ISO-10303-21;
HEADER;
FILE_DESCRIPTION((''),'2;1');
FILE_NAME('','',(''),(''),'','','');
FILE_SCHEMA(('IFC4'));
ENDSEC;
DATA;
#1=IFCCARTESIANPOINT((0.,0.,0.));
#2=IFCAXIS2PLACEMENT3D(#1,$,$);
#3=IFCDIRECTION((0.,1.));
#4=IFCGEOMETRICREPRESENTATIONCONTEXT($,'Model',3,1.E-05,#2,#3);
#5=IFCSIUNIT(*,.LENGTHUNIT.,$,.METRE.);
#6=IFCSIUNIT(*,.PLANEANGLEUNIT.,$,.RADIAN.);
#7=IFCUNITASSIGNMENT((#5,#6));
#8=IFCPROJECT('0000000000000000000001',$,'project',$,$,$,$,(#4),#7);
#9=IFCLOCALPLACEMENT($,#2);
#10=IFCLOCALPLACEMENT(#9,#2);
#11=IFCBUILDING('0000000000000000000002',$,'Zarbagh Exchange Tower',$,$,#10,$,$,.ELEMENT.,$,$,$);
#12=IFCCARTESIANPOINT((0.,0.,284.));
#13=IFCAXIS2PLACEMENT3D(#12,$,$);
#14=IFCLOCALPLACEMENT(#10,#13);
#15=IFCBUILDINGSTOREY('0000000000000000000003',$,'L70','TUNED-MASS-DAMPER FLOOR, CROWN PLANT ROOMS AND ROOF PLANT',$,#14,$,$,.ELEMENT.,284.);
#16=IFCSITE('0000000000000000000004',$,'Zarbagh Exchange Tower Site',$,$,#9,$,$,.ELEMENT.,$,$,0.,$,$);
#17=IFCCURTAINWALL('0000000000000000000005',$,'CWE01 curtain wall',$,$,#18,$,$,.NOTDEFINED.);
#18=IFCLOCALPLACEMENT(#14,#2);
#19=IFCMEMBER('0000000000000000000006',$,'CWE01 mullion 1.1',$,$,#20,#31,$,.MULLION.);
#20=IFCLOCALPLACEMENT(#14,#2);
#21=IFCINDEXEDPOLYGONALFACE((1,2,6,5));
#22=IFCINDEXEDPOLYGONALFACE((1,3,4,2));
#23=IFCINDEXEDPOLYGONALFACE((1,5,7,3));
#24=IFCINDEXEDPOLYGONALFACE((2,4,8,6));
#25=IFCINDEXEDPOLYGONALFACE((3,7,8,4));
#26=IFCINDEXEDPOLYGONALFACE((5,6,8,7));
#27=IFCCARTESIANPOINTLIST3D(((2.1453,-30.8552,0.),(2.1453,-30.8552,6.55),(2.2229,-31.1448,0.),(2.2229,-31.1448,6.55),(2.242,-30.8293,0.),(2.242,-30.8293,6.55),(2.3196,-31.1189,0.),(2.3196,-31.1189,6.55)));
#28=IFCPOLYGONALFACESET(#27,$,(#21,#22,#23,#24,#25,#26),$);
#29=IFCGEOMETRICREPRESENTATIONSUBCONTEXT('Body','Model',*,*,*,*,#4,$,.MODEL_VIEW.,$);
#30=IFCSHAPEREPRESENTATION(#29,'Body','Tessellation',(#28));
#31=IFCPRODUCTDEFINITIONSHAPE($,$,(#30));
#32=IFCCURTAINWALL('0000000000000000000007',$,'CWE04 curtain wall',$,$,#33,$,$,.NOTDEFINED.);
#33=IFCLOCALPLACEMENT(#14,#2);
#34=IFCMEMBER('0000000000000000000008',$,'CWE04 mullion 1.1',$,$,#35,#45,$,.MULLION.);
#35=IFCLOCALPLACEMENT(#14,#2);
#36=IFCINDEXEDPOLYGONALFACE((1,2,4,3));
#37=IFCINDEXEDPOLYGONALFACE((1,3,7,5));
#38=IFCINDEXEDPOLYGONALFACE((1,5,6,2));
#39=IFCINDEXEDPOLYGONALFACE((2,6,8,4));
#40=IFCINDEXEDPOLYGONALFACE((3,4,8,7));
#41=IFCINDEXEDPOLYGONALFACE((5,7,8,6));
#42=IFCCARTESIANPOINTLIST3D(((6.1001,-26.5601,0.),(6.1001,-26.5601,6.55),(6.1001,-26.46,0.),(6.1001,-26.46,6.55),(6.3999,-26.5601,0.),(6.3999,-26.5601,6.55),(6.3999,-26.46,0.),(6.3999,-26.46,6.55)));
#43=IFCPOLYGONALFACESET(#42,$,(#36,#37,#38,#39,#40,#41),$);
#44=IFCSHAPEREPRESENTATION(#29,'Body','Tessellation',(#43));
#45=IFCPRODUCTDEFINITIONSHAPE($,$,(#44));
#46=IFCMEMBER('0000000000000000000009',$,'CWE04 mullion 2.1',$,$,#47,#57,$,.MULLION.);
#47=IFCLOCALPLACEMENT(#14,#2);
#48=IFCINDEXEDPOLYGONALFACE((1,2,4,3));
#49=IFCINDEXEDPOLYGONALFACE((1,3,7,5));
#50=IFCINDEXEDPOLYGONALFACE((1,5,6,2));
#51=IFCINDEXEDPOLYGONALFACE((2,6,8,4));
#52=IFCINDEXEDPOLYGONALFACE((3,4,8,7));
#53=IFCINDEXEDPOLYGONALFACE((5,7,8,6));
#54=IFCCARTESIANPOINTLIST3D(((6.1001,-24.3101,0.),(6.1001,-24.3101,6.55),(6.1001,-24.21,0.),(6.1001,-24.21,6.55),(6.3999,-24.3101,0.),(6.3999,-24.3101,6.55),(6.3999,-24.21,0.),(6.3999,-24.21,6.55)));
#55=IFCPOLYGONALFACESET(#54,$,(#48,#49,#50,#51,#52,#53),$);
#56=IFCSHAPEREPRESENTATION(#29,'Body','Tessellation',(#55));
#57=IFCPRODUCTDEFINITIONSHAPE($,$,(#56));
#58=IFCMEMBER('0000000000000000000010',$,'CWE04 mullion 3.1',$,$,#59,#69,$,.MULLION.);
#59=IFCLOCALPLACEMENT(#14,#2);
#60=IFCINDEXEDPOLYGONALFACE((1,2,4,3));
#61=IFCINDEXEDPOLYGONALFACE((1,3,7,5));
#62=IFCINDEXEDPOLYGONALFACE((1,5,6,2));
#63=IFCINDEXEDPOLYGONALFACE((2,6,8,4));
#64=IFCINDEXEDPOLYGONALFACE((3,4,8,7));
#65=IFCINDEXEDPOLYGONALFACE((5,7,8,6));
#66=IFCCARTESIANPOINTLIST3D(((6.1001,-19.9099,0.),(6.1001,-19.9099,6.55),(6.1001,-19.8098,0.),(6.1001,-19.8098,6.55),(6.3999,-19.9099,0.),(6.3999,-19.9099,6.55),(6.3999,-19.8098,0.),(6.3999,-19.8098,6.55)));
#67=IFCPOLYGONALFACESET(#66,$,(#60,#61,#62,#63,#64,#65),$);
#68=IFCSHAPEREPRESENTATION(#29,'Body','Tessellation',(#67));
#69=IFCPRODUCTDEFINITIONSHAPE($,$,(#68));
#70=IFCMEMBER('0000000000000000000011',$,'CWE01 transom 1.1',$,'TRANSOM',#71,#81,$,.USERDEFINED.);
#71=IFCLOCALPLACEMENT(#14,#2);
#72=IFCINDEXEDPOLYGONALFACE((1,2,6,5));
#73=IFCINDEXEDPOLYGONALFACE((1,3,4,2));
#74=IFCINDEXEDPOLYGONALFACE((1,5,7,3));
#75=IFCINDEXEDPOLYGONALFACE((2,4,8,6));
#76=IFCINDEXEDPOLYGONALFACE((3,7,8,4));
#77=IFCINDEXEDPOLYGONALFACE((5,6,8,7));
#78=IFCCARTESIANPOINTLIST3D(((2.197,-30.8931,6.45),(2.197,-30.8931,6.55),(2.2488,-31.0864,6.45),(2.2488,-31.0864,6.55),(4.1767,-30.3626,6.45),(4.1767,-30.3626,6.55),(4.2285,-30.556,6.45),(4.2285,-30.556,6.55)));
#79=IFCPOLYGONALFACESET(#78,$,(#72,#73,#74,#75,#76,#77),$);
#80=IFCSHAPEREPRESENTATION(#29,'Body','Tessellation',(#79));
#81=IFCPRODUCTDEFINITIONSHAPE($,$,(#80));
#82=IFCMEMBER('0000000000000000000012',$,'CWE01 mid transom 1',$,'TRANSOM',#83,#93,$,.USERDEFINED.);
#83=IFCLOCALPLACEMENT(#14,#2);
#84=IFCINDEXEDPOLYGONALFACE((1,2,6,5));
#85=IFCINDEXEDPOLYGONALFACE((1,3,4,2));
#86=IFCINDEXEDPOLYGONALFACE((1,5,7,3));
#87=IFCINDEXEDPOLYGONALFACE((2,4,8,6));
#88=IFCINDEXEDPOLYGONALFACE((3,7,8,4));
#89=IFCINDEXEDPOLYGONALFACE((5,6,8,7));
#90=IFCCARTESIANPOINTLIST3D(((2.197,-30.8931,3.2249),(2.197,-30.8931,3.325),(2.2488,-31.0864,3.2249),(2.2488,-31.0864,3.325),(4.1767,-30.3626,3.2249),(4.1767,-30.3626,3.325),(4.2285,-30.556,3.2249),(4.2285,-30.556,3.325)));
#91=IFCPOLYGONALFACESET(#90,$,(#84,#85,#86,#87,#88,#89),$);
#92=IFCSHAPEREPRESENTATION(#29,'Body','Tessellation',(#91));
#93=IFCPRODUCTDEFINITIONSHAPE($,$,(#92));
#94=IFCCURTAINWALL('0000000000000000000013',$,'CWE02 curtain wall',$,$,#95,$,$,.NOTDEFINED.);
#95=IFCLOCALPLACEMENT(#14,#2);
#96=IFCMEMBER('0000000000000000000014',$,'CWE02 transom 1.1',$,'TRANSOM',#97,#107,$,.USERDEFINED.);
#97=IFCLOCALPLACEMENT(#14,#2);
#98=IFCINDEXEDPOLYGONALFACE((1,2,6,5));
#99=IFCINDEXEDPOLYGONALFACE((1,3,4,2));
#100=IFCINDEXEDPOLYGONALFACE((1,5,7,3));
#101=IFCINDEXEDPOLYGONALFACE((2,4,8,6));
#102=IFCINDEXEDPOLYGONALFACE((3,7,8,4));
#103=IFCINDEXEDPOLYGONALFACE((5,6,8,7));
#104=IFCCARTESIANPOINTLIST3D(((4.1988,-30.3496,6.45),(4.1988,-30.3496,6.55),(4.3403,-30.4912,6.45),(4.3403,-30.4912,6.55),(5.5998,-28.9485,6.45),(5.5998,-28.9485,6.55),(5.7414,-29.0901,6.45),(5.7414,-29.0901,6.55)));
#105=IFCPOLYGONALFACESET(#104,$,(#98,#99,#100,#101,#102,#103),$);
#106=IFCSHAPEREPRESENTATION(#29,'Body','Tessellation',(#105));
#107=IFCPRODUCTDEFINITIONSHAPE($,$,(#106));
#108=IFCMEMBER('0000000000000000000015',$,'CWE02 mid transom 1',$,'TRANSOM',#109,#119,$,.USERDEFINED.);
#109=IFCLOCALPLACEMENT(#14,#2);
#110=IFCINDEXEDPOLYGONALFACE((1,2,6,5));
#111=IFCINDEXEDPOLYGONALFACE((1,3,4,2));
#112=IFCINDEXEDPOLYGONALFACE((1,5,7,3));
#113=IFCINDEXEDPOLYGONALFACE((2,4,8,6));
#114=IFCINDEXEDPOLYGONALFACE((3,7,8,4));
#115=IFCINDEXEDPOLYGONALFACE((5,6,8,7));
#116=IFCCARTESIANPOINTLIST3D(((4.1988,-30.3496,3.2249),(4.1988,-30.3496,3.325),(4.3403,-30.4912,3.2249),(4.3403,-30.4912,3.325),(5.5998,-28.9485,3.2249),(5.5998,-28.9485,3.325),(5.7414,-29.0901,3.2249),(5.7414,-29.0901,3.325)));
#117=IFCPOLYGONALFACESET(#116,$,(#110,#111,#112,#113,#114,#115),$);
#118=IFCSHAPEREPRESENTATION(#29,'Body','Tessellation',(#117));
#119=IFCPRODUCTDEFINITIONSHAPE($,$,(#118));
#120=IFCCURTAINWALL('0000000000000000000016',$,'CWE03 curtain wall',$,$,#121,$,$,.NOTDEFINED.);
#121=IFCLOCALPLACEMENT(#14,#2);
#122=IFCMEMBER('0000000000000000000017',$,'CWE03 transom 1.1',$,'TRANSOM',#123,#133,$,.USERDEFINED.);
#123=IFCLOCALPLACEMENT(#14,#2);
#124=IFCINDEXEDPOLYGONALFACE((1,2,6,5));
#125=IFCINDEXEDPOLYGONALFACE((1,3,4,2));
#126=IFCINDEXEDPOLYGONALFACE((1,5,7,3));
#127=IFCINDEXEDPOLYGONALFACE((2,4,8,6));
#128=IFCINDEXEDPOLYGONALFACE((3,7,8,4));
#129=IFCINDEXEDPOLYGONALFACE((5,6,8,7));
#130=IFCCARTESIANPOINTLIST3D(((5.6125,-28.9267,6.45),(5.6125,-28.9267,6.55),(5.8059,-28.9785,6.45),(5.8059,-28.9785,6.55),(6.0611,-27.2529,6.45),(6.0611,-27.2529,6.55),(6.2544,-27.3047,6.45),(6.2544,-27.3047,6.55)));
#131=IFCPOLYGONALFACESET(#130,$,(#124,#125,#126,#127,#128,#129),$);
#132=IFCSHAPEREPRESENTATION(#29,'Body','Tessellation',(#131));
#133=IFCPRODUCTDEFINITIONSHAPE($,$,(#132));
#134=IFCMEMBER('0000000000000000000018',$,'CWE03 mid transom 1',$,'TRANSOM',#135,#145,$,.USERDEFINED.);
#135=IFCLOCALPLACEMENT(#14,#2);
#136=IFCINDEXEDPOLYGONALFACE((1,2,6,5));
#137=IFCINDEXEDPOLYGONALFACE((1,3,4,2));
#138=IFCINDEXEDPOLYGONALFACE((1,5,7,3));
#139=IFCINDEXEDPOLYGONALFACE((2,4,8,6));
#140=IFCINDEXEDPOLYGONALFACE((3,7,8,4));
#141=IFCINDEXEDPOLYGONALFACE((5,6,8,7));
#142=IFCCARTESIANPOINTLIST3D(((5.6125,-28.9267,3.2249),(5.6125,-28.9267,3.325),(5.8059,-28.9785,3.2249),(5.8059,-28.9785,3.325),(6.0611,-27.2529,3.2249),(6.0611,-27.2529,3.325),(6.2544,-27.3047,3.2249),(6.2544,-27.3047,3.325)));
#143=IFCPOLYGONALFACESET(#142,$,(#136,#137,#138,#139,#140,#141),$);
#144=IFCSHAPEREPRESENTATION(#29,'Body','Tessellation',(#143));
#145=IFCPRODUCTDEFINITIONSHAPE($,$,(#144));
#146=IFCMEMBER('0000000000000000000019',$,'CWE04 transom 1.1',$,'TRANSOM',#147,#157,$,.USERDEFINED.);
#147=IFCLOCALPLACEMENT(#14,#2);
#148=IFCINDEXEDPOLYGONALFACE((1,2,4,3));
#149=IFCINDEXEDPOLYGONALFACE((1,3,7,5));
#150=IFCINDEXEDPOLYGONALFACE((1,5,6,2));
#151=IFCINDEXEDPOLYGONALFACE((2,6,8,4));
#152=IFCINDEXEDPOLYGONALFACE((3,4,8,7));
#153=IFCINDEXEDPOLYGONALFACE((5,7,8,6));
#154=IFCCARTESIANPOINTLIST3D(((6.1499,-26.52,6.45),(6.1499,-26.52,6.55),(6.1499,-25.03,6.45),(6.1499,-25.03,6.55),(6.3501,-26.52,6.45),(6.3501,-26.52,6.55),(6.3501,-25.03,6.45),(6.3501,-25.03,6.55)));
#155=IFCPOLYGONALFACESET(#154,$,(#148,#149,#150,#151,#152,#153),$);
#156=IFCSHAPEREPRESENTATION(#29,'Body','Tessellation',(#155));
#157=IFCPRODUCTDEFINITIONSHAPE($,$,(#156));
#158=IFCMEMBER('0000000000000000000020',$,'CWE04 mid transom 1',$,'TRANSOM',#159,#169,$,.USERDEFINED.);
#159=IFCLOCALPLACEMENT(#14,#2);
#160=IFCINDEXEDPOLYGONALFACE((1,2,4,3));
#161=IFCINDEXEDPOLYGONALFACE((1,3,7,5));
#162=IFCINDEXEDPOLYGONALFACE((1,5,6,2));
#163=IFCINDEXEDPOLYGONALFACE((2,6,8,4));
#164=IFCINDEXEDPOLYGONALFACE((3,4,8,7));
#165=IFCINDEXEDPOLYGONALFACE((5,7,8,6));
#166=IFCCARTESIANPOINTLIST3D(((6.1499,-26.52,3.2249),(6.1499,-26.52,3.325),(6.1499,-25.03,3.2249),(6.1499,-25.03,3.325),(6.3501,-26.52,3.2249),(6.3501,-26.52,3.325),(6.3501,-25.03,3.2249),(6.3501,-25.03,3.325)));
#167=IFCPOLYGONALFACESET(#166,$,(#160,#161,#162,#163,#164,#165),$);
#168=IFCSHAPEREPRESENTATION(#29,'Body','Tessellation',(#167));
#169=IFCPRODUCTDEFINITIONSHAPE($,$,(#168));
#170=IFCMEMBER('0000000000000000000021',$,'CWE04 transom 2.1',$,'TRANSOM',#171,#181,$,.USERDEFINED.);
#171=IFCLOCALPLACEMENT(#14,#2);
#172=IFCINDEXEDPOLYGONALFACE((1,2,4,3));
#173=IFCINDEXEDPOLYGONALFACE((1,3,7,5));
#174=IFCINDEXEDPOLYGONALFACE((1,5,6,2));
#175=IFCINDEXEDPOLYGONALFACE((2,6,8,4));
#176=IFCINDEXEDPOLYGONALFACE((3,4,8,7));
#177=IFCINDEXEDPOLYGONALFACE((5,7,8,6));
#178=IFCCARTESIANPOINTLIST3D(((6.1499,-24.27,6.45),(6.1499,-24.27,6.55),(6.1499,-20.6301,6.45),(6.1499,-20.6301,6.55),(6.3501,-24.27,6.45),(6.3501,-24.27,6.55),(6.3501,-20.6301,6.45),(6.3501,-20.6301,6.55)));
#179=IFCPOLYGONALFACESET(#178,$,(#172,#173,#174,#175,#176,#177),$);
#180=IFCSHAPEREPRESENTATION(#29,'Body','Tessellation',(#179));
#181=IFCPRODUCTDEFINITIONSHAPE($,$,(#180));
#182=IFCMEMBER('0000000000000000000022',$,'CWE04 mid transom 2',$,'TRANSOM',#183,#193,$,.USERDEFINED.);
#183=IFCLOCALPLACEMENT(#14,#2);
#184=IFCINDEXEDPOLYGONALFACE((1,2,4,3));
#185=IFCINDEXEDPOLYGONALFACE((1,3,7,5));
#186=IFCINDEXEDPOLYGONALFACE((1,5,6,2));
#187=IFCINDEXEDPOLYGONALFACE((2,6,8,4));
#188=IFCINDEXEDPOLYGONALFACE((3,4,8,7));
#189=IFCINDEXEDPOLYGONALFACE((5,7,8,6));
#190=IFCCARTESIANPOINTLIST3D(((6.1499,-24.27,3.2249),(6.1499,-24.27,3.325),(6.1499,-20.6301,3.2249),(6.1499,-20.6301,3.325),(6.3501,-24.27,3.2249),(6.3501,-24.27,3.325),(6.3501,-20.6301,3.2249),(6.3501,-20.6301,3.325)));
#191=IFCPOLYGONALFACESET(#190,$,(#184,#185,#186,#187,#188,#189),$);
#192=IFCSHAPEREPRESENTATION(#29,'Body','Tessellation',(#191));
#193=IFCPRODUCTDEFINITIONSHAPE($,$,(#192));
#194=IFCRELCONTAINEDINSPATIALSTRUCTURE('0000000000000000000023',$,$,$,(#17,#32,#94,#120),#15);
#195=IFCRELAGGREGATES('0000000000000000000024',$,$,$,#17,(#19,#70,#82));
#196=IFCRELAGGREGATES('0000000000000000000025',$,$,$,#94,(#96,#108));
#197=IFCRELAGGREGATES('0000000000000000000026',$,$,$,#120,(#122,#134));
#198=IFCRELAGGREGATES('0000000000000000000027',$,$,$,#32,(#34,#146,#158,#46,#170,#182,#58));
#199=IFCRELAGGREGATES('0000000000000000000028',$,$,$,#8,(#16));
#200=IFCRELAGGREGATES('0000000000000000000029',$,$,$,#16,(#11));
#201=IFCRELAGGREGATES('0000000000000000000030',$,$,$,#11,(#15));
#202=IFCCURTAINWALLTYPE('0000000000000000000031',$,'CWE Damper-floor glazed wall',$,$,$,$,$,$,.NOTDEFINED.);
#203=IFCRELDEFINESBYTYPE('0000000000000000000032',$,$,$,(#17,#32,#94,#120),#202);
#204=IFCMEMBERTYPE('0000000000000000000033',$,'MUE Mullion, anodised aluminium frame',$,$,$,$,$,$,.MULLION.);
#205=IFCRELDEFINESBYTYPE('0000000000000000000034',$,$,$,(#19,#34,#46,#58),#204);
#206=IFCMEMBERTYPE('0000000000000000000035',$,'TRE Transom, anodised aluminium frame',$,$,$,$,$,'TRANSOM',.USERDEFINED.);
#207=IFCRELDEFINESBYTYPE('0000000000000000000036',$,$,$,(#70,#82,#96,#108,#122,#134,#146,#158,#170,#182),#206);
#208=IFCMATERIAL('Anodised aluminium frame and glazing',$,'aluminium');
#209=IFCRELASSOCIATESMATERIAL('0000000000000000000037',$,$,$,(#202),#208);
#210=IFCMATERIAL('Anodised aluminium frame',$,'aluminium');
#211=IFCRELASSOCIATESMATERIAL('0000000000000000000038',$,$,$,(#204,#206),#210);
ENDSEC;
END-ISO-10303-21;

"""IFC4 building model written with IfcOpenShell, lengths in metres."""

from ifc_helpers import new_model, si_unit, direction, frame, origin, place, context, subcontext, project, spatial, polyline, outline, extrude, source, transform, mapped, material, type_object, element, aggregate, save


model = new_model("IFC4")

# Units and contexts
model_context = context("Model", 3, precision=1e-05, world=origin(), true_north=direction((0.0, 1.0)))
body_context = subcontext(model_context, "Body", "Model", "MODEL_VIEW")
ifc_project = project(units=[si_unit("LENGTHUNIT", "METRE"), si_unit("PLANEANGLEUNIT", "RADIAN")], contexts=[model_context])

# Site, building, storey
site_placement = place(None, origin())
site = spatial("IfcSite", under=ifc_project, at=site_placement, Name="Zarbagh Exchange Tower Site", CompositionType="ELEMENT", RefElevation=0.0)
building_placement = place(site_placement, origin())
building = spatial("IfcBuilding", under=site, at=building_placement, Name="Zarbagh Exchange Tower", CompositionType="ELEMENT")
storey_placement = place(building_placement, frame((0.0, 0.0, 284.0)))
storey = spatial("IfcBuildingStorey", under=building, at=storey_placement, Name="L70", Description="TUNED-MASS-DAMPER FLOOR, CROWN PLANT ROOMS AND ROOF PLANT", CompositionType="ELEMENT", Elevation=284.0)

# Curtain wall, member
ifc_material_1 = material(Name="Anodised aluminium frame and glazing", Category="aluminium")
curtain_wall_type = type_object("IfcCurtainWallType", Name="CWE Damper-floor glazed wall", PredefinedType="NOTDEFINED", material=ifc_material_1)
curtain_wall_1_placement = place(storey_placement, origin())
curtain_wall_1 = element("IfcCurtainWall", 1, at=curtain_wall_1_placement, inside=storey, type_object=curtain_wall_type, Name="CWE01 curtain wall", PredefinedType="NOTDEFINED")
ifc_material_2 = material(Name="Anodised aluminium frame", Category="aluminium")
member_type_1 = type_object("IfcMemberType", Name="MUE Mullion, anodised aluminium frame", PredefinedType="MULLION", material=ifc_material_2)
shared_shape_1 = source(origin(), body_context, "Body", "SweptSolid", [
    extrude(outline(polyline([(0.0, -0.1499), (0.1001, -0.1499), (0.1001, 0.1499), (0.0, 0.1499), (0.0, -0.1499)])), origin(), (0.0, 0.0, 1.0), 6.55),
])
placement = place(storey_placement, origin())
member_1 = element("IfcMember", 2, at=placement, type_object=member_type_1, Name="CWE01 mullion 1.1", PredefinedType="MULLION", context=body_context, shape_type="MappedRepresentation", body=[
    mapped(shared_shape_1, transform((2.1841, -31.0, 0.0), x_axis=(0.965924, 0.258825, 0.0), y_axis=(-0.258825, 0.965924, 0.0), z_axis=(0.0, 0.0, 1.0))),
])

# Curtain wall, members
curtain_wall_2_placement = place(storey_placement, origin())
curtain_wall_2 = element("IfcCurtainWall", 3, at=curtain_wall_2_placement, inside=storey, type_object=curtain_wall_type, Name="CWE04 curtain wall", PredefinedType="NOTDEFINED")
member_2 = element("IfcMember", 4, at=placement, type_object=member_type_1, Name="CWE04 mullion 1.1", PredefinedType="MULLION", context=body_context, shape_type="MappedRepresentation", body=[
    mapped(shared_shape_1, transform((6.25, -26.5601, 0.0), x_axis=(0.0, 1.0, 0.0), y_axis=(-1.0, 0.0, 0.0), z_axis=(0.0, 0.0, 1.0))),
])
member_3 = element("IfcMember", 5, at=placement, type_object=member_type_1, Name="CWE04 mullion 2.1", PredefinedType="MULLION", context=body_context, shape_type="MappedRepresentation", body=[
    mapped(shared_shape_1, transform((6.25, -24.3101, 0.0), x_axis=(0.0, 1.0, 0.0), y_axis=(-1.0, 0.0, 0.0), z_axis=(0.0, 0.0, 1.0))),
])
member_4 = element("IfcMember", 6, at=placement, type_object=member_type_1, Name="CWE04 mullion 3.1", PredefinedType="MULLION", context=body_context, shape_type="MappedRepresentation", body=[
    mapped(shared_shape_1, transform((6.25, -19.9099, 0.0), x_axis=(0.0, 1.0, 0.0), y_axis=(-1.0, 0.0, 0.0), z_axis=(0.0, 0.0, 1.0))),
])

# Members
member_type_2 = type_object("IfcMemberType", Name="TRE Transom, anodised aluminium frame", ElementType="TRANSOM", PredefinedType="USERDEFINED", material=ifc_material_2)
shared_shape_2 = source(origin(), body_context, "Body", "SweptSolid", [
    extrude(outline(polyline([(-0.1001, -0.1001), (0.0, -0.1001), (0.0, 0.1001), (-0.1001, 0.1001), (-0.1001, -0.1001)])), origin(), (0.0, 0.0, 1.0), 2.0496),
])
member_5 = element("IfcMember", 7, at=placement, type_object=member_type_2, Name="CWE01 transom 1.1", ObjectType="TRANSOM", PredefinedType="USERDEFINED", context=body_context, shape_type="MappedRepresentation", body=[
    mapped(shared_shape_2, transform((2.2229, -30.9897, 6.55), x_axis=(0.0, 0.0, 1.0), y_axis=(0.258825, -0.965924, 0.0), z_axis=(0.965924, 0.258825, 0.0))),
])
shared_shape_3 = source(origin(), body_context, "Body", "SweptSolid", [
    extrude(outline(polyline([(-0.05, -0.1001), (0.05, -0.1001), (0.05, 0.1001), (-0.05, 0.1001), (-0.05, -0.1001)])), origin(), (0.0, 0.0, 1.0), 2.0496),
])
member_6 = element("IfcMember", 8, at=placement, type_object=member_type_2, Name="CWE01 mid transom 1", ObjectType="TRANSOM", PredefinedType="USERDEFINED", context=body_context, shape_type="MappedRepresentation", body=[
    mapped(shared_shape_3, transform((2.2229, -30.9897, 3.2749), x_axis=(0.0, 0.0, 1.0), y_axis=(0.258825, -0.965924, 0.0), z_axis=(0.965924, 0.258825, 0.0))),
])

# Curtain walls, members
curtain_wall_3_placement = place(storey_placement, origin())
curtain_wall_3 = element("IfcCurtainWall", 9, at=curtain_wall_3_placement, inside=storey, type_object=curtain_wall_type, Name="CWE02 curtain wall", PredefinedType="NOTDEFINED")
shared_shape_4 = source(origin(), body_context, "Body", "SweptSolid", [
    extrude(outline(polyline([(-0.1001, -0.1001), (0.0, -0.1001), (0.0, 0.1001), (-0.1001, 0.1001), (-0.1001, -0.1001)])), origin(), (0.0, 0.0, 1.0), 1.9814),
])
member_7 = element("IfcMember", 10, at=placement, type_object=member_type_2, Name="CWE02 transom 1.1", ObjectType="TRANSOM", PredefinedType="USERDEFINED", context=body_context, shape_type="MappedRepresentation", body=[
    mapped(shared_shape_4, transform((4.2695, -30.4204, 6.55), x_axis=(0.0, 0.0, 1.0), y_axis=(0.707107, -0.707107, 0.0), z_axis=(0.707107, 0.707107, 0.0))),
])
shared_shape_5 = source(origin(), body_context, "Body", "SweptSolid", [
    extrude(outline(polyline([(-0.05, -0.1001), (0.05, -0.1001), (0.05, 0.1001), (-0.05, 0.1001), (-0.05, -0.1001)])), origin(), (0.0, 0.0, 1.0), 1.9814),
])
member_8 = element("IfcMember", 11, at=placement, type_object=member_type_2, Name="CWE02 mid transom 1", ObjectType="TRANSOM", PredefinedType="USERDEFINED", context=body_context, shape_type="MappedRepresentation", body=[
    mapped(shared_shape_5, transform((4.2695, -30.4204, 3.2749), x_axis=(0.0, 0.0, 1.0), y_axis=(0.707107, -0.707107, 0.0), z_axis=(0.707107, 0.707107, 0.0))),
])
curtain_wall_4_placement = place(storey_placement, origin())
curtain_wall_4 = element("IfcCurtainWall", 12, at=curtain_wall_4_placement, inside=storey, type_object=curtain_wall_type, Name="CWE03 curtain wall", PredefinedType="NOTDEFINED")
shared_shape_6 = source(origin(), body_context, "Body", "SweptSolid", [
    extrude(outline(polyline([(-0.1001, -0.1001), (0.0, -0.1001), (0.0, 0.1001), (-0.1001, 0.1001), (-0.1001, -0.1001)])), origin(), (0.0, 0.0, 1.0), 1.7329),
])
member_9 = element("IfcMember", 13, at=placement, type_object=member_type_2, Name="CWE03 transom 1.1", ObjectType="TRANSOM", PredefinedType="USERDEFINED", context=body_context, shape_type="MappedRepresentation", body=[
    mapped(shared_shape_6, transform((5.7092, -28.9526, 6.55), x_axis=(0.0, 0.0, 1.0), y_axis=(0.965924, -0.258825, 0.0), z_axis=(0.258825, 0.965924, 0.0))),
])
shared_shape_7 = source(origin(), body_context, "Body", "SweptSolid", [
    extrude(outline(polyline([(-0.05, -0.1001), (0.05, -0.1001), (0.05, 0.1001), (-0.05, 0.1001), (-0.05, -0.1001)])), origin(), (0.0, 0.0, 1.0), 1.7329),
])
member_10 = element("IfcMember", 14, at=placement, type_object=member_type_2, Name="CWE03 mid transom 1", ObjectType="TRANSOM", PredefinedType="USERDEFINED", context=body_context, shape_type="MappedRepresentation", body=[
    mapped(shared_shape_7, transform((5.7092, -28.9526, 3.2749), x_axis=(0.0, 0.0, 1.0), y_axis=(0.965924, -0.258825, 0.0), z_axis=(0.258825, 0.965924, 0.0))),
])

# Members
shared_shape_8 = source(origin(), body_context, "Body", "SweptSolid", [
    extrude(outline(polyline([(-0.1001, -0.1001), (0.0, -0.1001), (0.0, 0.1001), (-0.1001, 0.1001), (-0.1001, -0.1001)])), origin(), (0.0, 0.0, 1.0), 1.49),
])
member_11 = element("IfcMember", 15, at=placement, type_object=member_type_2, Name="CWE04 transom 1.1", ObjectType="TRANSOM", PredefinedType="USERDEFINED", context=body_context, shape_type="MappedRepresentation", body=[
    mapped(shared_shape_8, transform((6.25, -26.52, 6.55), x_axis=(0.0, 0.0, 1.0), y_axis=(1.0, 0.0, 0.0), z_axis=(0.0, 1.0, 0.0))),
])
shared_shape_9 = source(origin(), body_context, "Body", "SweptSolid", [
    extrude(outline(polyline([(-0.05, -0.1001), (0.05, -0.1001), (0.05, 0.1001), (-0.05, 0.1001), (-0.05, -0.1001)])), origin(), (0.0, 0.0, 1.0), 1.49),
])
member_12 = element("IfcMember", 16, at=placement, type_object=member_type_2, Name="CWE04 mid transom 1", ObjectType="TRANSOM", PredefinedType="USERDEFINED", context=body_context, shape_type="MappedRepresentation", body=[
    mapped(shared_shape_9, transform((6.25, -26.52, 3.2749), x_axis=(0.0, 0.0, 1.0), y_axis=(1.0, 0.0, 0.0), z_axis=(0.0, 1.0, 0.0))),
])
shared_shape_10 = source(origin(), body_context, "Body", "SweptSolid", [
    extrude(outline(polyline([(-0.1001, -0.1001), (0.0, -0.1001), (0.0, 0.1001), (-0.1001, 0.1001), (-0.1001, -0.1001)])), origin(), (0.0, 0.0, 1.0), 3.6399),
])
member_13 = element("IfcMember", 17, at=placement, type_object=member_type_2, Name="CWE04 transom 2.1", ObjectType="TRANSOM", PredefinedType="USERDEFINED", context=body_context, shape_type="MappedRepresentation", body=[
    mapped(shared_shape_10, transform((6.25, -24.27, 6.55), x_axis=(0.0, 0.0, 1.0), y_axis=(1.0, 0.0, 0.0), z_axis=(0.0, 1.0, 0.0))),
])
shared_shape_11 = source(origin(), body_context, "Body", "SweptSolid", [
    extrude(outline(polyline([(-0.05, -0.1001), (0.05, -0.1001), (0.05, 0.1001), (-0.05, 0.1001), (-0.05, -0.1001)])), origin(), (0.0, 0.0, 1.0), 3.6399),
])
member_14 = element("IfcMember", 18, at=placement, type_object=member_type_2, Name="CWE04 mid transom 2", ObjectType="TRANSOM", PredefinedType="USERDEFINED", context=body_context, shape_type="MappedRepresentation", body=[
    mapped(shared_shape_11, transform((6.25, -24.27, 3.2749), x_axis=(0.0, 0.0, 1.0), y_axis=(1.0, 0.0, 0.0), z_axis=(0.0, 1.0, 0.0))),
])

aggregate(curtain_wall_1, [member_1, member_5, member_6])
aggregate(curtain_wall_3, [member_7, member_8])
aggregate(curtain_wall_4, [member_9, member_10])
aggregate(curtain_wall_2, [member_2, member_11, member_12, member_3, member_13, member_14, member_4])

save(model, "model.ifc")
